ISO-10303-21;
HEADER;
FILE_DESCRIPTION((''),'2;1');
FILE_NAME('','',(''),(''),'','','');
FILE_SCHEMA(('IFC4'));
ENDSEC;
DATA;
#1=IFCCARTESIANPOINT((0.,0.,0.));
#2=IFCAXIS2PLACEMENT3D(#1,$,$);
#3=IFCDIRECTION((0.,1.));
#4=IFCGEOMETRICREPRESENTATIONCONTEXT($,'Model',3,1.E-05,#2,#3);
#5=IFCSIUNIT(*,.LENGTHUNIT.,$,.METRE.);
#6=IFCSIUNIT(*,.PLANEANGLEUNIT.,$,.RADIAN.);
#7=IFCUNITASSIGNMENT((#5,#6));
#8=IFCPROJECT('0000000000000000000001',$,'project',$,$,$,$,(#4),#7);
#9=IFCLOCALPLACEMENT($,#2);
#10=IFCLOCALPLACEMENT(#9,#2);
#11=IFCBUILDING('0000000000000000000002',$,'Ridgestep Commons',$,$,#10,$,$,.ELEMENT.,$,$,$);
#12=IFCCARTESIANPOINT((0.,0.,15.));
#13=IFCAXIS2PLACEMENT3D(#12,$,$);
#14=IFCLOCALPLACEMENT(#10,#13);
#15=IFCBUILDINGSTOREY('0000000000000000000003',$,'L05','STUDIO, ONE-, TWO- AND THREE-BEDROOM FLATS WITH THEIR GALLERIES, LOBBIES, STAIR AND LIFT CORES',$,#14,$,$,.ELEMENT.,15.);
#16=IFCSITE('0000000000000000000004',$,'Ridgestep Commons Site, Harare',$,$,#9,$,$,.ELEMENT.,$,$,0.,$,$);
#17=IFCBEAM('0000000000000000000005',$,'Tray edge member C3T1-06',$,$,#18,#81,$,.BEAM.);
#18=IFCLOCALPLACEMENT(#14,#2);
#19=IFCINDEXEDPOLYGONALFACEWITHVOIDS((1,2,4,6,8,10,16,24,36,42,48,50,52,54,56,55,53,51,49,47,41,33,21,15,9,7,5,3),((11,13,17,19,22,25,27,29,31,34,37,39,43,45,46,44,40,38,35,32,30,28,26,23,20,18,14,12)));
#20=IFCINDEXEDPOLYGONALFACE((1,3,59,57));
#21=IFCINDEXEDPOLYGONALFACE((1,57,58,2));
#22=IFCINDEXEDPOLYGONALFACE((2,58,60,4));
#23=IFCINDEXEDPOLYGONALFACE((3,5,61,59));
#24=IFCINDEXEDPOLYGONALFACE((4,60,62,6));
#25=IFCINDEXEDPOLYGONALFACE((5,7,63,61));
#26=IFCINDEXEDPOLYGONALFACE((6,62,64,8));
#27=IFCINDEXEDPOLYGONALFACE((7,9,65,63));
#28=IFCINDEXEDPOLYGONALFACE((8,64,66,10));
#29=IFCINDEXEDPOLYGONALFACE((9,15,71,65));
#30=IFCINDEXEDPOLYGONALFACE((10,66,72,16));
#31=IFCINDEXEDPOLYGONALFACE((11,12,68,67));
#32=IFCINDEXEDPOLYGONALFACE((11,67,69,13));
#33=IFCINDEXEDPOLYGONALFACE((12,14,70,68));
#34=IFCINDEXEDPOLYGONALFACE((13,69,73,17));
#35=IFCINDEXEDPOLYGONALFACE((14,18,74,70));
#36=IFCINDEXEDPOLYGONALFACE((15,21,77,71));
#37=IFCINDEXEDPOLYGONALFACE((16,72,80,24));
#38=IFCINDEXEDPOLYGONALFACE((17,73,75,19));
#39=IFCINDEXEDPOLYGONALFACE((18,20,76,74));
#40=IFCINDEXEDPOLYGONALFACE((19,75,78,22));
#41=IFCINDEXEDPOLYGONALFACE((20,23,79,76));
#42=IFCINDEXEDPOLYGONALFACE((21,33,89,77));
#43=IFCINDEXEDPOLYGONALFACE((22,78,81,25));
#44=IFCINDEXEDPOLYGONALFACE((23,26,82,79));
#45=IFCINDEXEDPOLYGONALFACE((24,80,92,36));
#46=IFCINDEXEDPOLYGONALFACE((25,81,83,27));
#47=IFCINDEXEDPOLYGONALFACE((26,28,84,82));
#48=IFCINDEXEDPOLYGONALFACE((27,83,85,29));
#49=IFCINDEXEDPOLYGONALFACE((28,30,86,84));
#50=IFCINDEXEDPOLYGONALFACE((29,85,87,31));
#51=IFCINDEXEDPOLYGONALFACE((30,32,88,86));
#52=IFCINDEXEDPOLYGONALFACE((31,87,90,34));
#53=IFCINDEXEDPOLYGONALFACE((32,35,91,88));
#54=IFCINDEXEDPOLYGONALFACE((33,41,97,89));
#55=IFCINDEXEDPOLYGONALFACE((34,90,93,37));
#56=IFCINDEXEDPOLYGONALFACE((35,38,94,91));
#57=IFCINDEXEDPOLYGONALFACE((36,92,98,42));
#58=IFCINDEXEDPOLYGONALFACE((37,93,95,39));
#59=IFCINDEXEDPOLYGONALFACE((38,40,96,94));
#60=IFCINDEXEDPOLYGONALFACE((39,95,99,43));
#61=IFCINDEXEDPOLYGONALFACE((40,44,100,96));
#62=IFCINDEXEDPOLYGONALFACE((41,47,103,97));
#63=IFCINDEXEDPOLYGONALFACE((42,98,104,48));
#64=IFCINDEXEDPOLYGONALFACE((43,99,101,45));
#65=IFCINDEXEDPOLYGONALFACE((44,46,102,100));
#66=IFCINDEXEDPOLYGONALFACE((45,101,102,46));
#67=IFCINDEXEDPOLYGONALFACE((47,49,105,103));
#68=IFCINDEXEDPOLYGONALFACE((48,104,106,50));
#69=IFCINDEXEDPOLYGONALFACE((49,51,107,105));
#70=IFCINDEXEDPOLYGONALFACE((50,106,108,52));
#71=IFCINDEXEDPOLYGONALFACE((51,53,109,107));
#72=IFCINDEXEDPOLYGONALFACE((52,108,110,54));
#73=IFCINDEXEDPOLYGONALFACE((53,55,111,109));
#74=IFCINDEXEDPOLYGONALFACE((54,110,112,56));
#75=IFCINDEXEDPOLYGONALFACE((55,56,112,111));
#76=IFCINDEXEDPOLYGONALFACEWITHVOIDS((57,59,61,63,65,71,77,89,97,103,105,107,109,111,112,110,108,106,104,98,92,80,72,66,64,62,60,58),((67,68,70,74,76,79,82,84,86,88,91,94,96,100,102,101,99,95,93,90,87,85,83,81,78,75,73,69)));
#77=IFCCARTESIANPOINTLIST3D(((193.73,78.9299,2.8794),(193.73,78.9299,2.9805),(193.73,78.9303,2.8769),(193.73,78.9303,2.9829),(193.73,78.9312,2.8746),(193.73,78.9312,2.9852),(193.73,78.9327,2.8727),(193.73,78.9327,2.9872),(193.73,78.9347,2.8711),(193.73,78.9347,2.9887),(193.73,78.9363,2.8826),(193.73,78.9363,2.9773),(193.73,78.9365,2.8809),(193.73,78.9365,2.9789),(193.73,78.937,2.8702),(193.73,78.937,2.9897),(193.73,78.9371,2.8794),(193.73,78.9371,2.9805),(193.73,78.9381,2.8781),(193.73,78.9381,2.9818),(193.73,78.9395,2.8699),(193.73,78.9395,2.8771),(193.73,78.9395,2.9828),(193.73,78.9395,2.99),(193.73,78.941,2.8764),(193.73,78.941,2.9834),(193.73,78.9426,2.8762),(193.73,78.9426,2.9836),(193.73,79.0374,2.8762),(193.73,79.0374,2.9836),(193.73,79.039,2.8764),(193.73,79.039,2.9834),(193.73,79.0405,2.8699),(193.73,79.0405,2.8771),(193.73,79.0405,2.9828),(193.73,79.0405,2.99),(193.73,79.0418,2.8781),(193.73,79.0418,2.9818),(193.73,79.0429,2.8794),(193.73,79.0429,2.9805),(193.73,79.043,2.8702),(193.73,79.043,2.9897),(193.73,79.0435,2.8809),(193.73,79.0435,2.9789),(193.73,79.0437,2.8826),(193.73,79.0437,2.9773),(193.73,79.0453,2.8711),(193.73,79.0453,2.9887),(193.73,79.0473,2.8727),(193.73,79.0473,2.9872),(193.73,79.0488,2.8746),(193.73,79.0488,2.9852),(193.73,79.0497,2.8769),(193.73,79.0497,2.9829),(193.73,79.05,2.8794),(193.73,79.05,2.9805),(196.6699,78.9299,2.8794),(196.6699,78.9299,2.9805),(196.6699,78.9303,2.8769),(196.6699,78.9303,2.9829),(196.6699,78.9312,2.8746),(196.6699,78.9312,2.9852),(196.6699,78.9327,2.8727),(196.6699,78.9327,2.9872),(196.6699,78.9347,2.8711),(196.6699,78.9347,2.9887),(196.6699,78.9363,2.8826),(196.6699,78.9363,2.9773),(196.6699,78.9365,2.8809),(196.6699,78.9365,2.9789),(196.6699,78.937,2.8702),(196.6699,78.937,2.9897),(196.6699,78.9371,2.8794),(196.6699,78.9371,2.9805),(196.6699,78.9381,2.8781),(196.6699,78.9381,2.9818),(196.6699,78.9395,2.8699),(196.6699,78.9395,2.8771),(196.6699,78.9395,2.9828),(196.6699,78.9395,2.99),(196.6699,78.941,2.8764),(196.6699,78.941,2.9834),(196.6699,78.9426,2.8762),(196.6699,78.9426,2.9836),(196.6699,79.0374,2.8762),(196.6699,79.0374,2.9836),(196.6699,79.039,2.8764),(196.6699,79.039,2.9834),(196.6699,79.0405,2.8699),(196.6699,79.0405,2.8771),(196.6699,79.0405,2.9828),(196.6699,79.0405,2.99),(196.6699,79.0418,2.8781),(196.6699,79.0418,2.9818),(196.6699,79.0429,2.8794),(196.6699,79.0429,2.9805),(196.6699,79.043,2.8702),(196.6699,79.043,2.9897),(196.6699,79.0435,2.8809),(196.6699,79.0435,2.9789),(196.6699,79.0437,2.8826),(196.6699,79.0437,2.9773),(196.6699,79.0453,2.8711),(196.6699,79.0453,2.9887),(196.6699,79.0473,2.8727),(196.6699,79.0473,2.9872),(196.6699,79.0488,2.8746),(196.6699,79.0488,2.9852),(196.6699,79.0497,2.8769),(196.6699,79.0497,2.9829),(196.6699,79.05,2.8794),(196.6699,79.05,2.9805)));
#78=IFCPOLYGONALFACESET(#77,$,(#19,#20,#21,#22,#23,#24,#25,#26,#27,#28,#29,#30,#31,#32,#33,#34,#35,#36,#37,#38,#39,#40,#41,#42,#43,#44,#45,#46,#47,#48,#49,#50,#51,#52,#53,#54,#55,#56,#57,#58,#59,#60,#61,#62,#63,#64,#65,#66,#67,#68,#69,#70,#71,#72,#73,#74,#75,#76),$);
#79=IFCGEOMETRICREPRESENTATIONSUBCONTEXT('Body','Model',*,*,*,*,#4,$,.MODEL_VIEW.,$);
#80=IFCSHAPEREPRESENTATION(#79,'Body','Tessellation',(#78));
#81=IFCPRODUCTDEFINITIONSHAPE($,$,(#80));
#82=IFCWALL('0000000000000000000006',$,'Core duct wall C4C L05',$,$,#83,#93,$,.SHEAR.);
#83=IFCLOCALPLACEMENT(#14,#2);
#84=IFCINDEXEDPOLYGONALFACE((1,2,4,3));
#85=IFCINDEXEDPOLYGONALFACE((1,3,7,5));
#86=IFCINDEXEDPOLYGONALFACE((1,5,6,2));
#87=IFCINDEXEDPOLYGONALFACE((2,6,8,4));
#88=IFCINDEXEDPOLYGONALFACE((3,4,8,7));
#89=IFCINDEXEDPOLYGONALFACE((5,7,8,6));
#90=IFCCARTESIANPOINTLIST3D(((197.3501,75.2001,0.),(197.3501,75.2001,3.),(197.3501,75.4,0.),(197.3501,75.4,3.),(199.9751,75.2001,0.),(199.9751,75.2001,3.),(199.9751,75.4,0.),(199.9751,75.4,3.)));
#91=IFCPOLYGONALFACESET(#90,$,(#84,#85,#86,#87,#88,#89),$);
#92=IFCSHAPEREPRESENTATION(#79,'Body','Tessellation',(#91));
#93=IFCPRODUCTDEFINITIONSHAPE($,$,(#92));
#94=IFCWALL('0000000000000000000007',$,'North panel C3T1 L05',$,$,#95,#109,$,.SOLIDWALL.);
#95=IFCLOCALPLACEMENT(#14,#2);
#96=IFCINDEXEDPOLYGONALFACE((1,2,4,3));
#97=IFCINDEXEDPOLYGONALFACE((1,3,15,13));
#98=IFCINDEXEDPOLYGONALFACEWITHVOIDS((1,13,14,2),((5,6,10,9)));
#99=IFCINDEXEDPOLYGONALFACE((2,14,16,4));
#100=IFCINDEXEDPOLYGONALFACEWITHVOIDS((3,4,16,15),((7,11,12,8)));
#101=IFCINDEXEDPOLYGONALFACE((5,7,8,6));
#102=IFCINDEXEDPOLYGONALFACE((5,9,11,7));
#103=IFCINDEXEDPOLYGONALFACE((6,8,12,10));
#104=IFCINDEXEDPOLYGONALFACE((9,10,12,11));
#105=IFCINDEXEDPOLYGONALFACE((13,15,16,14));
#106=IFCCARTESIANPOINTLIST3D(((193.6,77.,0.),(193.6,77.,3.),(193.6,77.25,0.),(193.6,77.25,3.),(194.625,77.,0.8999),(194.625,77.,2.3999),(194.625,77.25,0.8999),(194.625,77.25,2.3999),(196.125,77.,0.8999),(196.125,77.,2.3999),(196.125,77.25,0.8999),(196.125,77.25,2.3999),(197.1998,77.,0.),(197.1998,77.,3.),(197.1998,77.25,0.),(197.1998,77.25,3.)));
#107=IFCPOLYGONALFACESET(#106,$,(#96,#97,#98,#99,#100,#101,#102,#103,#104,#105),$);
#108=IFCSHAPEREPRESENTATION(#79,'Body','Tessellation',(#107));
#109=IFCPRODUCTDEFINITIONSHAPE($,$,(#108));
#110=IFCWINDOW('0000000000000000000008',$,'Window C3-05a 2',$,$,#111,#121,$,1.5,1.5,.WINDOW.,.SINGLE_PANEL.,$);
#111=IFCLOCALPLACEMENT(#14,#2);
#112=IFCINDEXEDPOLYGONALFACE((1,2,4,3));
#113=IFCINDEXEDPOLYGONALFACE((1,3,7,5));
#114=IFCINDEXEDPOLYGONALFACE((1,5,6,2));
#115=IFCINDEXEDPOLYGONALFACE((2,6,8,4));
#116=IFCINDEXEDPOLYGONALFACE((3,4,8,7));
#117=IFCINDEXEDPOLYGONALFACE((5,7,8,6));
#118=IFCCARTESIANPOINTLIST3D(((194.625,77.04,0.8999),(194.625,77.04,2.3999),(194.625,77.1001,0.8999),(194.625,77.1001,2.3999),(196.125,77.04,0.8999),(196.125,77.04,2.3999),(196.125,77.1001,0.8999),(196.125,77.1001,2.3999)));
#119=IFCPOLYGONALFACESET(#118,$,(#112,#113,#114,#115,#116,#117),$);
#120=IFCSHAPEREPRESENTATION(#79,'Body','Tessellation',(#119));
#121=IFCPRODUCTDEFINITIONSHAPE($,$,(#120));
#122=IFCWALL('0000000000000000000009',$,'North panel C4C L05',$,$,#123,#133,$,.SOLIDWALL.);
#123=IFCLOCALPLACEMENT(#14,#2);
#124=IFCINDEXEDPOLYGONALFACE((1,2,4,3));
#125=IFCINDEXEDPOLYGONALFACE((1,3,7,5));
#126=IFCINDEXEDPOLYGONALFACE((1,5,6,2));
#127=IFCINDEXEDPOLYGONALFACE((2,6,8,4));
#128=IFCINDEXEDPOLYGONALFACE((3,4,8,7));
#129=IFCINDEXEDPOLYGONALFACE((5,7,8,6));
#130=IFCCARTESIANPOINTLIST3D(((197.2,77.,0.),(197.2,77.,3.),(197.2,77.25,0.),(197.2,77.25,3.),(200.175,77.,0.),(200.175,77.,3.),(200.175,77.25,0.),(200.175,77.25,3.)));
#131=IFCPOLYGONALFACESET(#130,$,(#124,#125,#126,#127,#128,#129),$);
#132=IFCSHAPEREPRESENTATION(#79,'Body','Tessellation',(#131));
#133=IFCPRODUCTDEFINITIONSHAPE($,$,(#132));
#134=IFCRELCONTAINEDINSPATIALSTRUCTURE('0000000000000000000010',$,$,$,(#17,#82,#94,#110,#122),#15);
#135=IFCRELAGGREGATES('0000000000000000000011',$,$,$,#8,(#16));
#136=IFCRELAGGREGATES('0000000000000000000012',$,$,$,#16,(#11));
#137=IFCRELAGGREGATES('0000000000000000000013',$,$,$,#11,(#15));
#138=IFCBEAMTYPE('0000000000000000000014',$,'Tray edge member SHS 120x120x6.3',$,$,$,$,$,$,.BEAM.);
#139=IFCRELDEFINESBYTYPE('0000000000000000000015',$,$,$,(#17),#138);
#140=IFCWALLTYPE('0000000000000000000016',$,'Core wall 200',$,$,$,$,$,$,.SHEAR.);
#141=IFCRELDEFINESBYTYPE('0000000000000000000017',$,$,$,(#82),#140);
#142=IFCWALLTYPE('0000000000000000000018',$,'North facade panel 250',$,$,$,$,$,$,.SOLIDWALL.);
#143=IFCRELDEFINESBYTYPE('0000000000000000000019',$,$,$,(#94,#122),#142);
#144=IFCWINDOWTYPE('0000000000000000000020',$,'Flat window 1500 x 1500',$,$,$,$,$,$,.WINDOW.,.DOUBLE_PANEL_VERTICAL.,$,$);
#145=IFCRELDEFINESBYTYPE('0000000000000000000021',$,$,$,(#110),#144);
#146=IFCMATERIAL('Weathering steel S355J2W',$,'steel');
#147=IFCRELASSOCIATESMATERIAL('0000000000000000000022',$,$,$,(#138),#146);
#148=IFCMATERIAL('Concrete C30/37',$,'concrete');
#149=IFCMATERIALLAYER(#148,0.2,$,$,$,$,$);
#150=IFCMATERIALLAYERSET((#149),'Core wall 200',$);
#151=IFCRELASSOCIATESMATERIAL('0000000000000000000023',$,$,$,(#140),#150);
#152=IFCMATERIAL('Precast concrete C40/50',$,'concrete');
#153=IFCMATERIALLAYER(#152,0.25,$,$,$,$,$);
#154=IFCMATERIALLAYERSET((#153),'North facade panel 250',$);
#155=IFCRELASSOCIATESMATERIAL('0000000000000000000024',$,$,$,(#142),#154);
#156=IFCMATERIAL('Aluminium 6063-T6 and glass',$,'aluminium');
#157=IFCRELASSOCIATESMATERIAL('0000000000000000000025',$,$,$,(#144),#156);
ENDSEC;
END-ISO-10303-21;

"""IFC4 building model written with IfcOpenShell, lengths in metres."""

from ifc_helpers import new_model, si_unit, direction, frame, frame_2d, origin, origin_2d, place, context, subcontext, project, spatial, rectangle, hollow_rectangle, extrude, material, layer, layer_set, material_profile, profile_set, type_object, element, fill, save


model = new_model("IFC4")

# Units and contexts
model_context = context("Model", 3, precision=1e-05, world=origin(), true_north=direction((0.0, 1.0)))
body_context = subcontext(model_context, "Body", "Model", "MODEL_VIEW")
ifc_project = project(units=[si_unit("LENGTHUNIT", "METRE"), si_unit("PLANEANGLEUNIT", "RADIAN")], contexts=[model_context])

# Site, building, storey
site_placement = place(None, origin())
site = spatial("IfcSite", under=ifc_project, at=site_placement, Name="Ridgestep Commons Site, Harare", CompositionType="ELEMENT", RefElevation=0.0)
building_placement = place(site_placement, origin())
building = spatial("IfcBuilding", under=site, at=building_placement, Name="Ridgestep Commons", CompositionType="ELEMENT")
storey_placement = place(building_placement, frame((0.0, 0.0, 15.0)))
storey = spatial("IfcBuildingStorey", under=building, at=storey_placement, Name="L05", Description="STUDIO, ONE-, TWO- AND THREE-BEDROOM FLATS WITH THEIR GALLERIES, LOBBIES, STAIR AND LIFT CORES", CompositionType="ELEMENT", Elevation=15.0)

# Beam
ifc_material_1 = material(Name="Weathering steel S355J2W", Category="steel")
ifc_material_profile_1 = material_profile(ifc_material_1, hollow_rectangle(XDim=0.1201, YDim=0.1201, WallThickness=0.0063, InnerFilletRadius=0.0063, OuterFilletRadius=0.0095, at=origin_2d()), Name="SHS 120x120x6.3")
ifc_profile_set_1 = profile_set([ifc_material_profile_1], Name="Weathering steel S355J2W")
beam_type_1 = type_object("IfcBeamType", Name="Tray edge member SHS 120x120x6.3", PredefinedType="BEAM", material=ifc_profile_set_1)
beam_placement = place(storey_placement, frame((193.73, 78.99, 2.9299), z_axis=(1.0, 0.0, 0.0), x_axis=(0.0, 0.0, 1.0)))
element("IfcBeam", 1, at=beam_placement, inside=storey, type_object=beam_type_1, Name="Tray edge member C3T1-06", PredefinedType="BEAM", context=body_context, shape_type="SweptSolid", body=[
    extrude(hollow_rectangle(XDim=0.1201, YDim=0.1201, WallThickness=0.0063, InnerFilletRadius=0.0063, OuterFilletRadius=0.0095, at=origin_2d()), origin(), (0.0, 0.0, 1.0), 2.9399),
])

# Wall
ifc_material_2 = material(Name="Concrete C30/37", Category="concrete")
ifc_layer_1 = layer(ifc_material_2, 0.2)
ifc_layer_set_1 = layer_set([ifc_layer_1], Name="Core wall 200")
wall_type_1 = type_object("IfcWallType", Name="Core wall 200", PredefinedType="SHEAR", material=ifc_layer_set_1)
wall_1_placement = place(storey_placement, frame((197.3501, 75.3, 0.0), z_axis=(0.0, 0.0, 1.0), x_axis=(1.0, 0.0, 0.0)))
element("IfcWall", 2, at=wall_1_placement, inside=storey, type_object=wall_type_1, Name="Core duct wall C4C L05", PredefinedType="SHEAR", context=body_context, shape_type="SweptSolid", body=[
    extrude(rectangle(XDim=2.625, YDim=0.2, at=frame_2d((1.3125, 0.0))), origin(), (0.0, 0.0, 1.0), 3.0),
])

# Wall, opening, window
ifc_material_3 = material(Name="Precast concrete C40/50", Category="concrete")
ifc_layer_2 = layer(ifc_material_3, 0.25)
ifc_layer_set_2 = layer_set([ifc_layer_2], Name="North facade panel 250")
wall_type_2 = type_object("IfcWallType", Name="North facade panel 250", PredefinedType="SOLIDWALL", material=ifc_layer_set_2)
wall_2_placement = place(storey_placement, frame((193.6001, 77.125, 0.0), z_axis=(0.0, 0.0, 1.0), x_axis=(1.0, 0.0, 0.0)))
wall_2 = element("IfcWall", 3, at=wall_2_placement, inside=storey, type_object=wall_type_2, Name="North panel C3T1 L05", PredefinedType="SOLIDWALL", context=body_context, shape_type="SweptSolid", body=[
    extrude(rectangle(XDim=3.5999, YDim=0.25, at=frame_2d((1.7998, 0.0))), origin(), (0.0, 0.0, 1.0), 3.0),
])
opening_placement = place(wall_2_placement, frame((1.0249, 0.0, 0.8999)))
opening = element("IfcOpeningElement", 4, at=opening_placement, cuts=wall_2, PredefinedType="OPENING", context=body_context, shape_type="SweptSolid", body=[
    extrude(rectangle(XDim=1.5, YDim=1.5, at=frame_2d((0.75, 0.75))), frame((0.0, 0.135, 0.0), z_axis=(0.0, -1.0, 0.0), x_axis=(1.0, 0.0, 0.0)), (0.0, 0.0, 1.0), 0.27),
])
ifc_material_4 = material(Name="Aluminium 6063-T6 and glass", Category="aluminium")
window_type = type_object("IfcWindowType", Name="Flat window 1500 x 1500", PartitioningType="DOUBLE_PANEL_VERTICAL", PredefinedType="WINDOW", material=ifc_material_4)
window_placement = place(opening_placement, origin())
window = element("IfcWindow", 5, at=window_placement, inside=storey, type_object=window_type, Name="Window C3-05a 2", OverallHeight=1.5, OverallWidth=1.5, PartitioningType="SINGLE_PANEL", PredefinedType="WINDOW", context=body_context, shape_type="SweptSolid", body=[
    extrude(rectangle(XDim=1.5, YDim=1.5, at=frame_2d((0.75, 0.75))), frame((0.0, -0.0249, 0.0), z_axis=(0.0, -1.0, 0.0), x_axis=(1.0, 0.0, 0.0)), (0.0, 0.0, 1.0), 0.0601),
])
fill(opening, window)

# Wall
wall_3_placement = place(storey_placement, frame((197.2, 77.125, 0.0), z_axis=(0.0, 0.0, 1.0), x_axis=(1.0, 0.0, 0.0)))
element("IfcWall", 6, at=wall_3_placement, inside=storey, type_object=wall_type_2, Name="North panel C4C L05", PredefinedType="SOLIDWALL", context=body_context, shape_type="SweptSolid", body=[
    extrude(rectangle(XDim=2.9751, YDim=0.25, at=frame_2d((1.4875, 0.0))), origin(), (0.0, 0.0, 1.0), 3.0),
])

save(model, "model.ifc")
